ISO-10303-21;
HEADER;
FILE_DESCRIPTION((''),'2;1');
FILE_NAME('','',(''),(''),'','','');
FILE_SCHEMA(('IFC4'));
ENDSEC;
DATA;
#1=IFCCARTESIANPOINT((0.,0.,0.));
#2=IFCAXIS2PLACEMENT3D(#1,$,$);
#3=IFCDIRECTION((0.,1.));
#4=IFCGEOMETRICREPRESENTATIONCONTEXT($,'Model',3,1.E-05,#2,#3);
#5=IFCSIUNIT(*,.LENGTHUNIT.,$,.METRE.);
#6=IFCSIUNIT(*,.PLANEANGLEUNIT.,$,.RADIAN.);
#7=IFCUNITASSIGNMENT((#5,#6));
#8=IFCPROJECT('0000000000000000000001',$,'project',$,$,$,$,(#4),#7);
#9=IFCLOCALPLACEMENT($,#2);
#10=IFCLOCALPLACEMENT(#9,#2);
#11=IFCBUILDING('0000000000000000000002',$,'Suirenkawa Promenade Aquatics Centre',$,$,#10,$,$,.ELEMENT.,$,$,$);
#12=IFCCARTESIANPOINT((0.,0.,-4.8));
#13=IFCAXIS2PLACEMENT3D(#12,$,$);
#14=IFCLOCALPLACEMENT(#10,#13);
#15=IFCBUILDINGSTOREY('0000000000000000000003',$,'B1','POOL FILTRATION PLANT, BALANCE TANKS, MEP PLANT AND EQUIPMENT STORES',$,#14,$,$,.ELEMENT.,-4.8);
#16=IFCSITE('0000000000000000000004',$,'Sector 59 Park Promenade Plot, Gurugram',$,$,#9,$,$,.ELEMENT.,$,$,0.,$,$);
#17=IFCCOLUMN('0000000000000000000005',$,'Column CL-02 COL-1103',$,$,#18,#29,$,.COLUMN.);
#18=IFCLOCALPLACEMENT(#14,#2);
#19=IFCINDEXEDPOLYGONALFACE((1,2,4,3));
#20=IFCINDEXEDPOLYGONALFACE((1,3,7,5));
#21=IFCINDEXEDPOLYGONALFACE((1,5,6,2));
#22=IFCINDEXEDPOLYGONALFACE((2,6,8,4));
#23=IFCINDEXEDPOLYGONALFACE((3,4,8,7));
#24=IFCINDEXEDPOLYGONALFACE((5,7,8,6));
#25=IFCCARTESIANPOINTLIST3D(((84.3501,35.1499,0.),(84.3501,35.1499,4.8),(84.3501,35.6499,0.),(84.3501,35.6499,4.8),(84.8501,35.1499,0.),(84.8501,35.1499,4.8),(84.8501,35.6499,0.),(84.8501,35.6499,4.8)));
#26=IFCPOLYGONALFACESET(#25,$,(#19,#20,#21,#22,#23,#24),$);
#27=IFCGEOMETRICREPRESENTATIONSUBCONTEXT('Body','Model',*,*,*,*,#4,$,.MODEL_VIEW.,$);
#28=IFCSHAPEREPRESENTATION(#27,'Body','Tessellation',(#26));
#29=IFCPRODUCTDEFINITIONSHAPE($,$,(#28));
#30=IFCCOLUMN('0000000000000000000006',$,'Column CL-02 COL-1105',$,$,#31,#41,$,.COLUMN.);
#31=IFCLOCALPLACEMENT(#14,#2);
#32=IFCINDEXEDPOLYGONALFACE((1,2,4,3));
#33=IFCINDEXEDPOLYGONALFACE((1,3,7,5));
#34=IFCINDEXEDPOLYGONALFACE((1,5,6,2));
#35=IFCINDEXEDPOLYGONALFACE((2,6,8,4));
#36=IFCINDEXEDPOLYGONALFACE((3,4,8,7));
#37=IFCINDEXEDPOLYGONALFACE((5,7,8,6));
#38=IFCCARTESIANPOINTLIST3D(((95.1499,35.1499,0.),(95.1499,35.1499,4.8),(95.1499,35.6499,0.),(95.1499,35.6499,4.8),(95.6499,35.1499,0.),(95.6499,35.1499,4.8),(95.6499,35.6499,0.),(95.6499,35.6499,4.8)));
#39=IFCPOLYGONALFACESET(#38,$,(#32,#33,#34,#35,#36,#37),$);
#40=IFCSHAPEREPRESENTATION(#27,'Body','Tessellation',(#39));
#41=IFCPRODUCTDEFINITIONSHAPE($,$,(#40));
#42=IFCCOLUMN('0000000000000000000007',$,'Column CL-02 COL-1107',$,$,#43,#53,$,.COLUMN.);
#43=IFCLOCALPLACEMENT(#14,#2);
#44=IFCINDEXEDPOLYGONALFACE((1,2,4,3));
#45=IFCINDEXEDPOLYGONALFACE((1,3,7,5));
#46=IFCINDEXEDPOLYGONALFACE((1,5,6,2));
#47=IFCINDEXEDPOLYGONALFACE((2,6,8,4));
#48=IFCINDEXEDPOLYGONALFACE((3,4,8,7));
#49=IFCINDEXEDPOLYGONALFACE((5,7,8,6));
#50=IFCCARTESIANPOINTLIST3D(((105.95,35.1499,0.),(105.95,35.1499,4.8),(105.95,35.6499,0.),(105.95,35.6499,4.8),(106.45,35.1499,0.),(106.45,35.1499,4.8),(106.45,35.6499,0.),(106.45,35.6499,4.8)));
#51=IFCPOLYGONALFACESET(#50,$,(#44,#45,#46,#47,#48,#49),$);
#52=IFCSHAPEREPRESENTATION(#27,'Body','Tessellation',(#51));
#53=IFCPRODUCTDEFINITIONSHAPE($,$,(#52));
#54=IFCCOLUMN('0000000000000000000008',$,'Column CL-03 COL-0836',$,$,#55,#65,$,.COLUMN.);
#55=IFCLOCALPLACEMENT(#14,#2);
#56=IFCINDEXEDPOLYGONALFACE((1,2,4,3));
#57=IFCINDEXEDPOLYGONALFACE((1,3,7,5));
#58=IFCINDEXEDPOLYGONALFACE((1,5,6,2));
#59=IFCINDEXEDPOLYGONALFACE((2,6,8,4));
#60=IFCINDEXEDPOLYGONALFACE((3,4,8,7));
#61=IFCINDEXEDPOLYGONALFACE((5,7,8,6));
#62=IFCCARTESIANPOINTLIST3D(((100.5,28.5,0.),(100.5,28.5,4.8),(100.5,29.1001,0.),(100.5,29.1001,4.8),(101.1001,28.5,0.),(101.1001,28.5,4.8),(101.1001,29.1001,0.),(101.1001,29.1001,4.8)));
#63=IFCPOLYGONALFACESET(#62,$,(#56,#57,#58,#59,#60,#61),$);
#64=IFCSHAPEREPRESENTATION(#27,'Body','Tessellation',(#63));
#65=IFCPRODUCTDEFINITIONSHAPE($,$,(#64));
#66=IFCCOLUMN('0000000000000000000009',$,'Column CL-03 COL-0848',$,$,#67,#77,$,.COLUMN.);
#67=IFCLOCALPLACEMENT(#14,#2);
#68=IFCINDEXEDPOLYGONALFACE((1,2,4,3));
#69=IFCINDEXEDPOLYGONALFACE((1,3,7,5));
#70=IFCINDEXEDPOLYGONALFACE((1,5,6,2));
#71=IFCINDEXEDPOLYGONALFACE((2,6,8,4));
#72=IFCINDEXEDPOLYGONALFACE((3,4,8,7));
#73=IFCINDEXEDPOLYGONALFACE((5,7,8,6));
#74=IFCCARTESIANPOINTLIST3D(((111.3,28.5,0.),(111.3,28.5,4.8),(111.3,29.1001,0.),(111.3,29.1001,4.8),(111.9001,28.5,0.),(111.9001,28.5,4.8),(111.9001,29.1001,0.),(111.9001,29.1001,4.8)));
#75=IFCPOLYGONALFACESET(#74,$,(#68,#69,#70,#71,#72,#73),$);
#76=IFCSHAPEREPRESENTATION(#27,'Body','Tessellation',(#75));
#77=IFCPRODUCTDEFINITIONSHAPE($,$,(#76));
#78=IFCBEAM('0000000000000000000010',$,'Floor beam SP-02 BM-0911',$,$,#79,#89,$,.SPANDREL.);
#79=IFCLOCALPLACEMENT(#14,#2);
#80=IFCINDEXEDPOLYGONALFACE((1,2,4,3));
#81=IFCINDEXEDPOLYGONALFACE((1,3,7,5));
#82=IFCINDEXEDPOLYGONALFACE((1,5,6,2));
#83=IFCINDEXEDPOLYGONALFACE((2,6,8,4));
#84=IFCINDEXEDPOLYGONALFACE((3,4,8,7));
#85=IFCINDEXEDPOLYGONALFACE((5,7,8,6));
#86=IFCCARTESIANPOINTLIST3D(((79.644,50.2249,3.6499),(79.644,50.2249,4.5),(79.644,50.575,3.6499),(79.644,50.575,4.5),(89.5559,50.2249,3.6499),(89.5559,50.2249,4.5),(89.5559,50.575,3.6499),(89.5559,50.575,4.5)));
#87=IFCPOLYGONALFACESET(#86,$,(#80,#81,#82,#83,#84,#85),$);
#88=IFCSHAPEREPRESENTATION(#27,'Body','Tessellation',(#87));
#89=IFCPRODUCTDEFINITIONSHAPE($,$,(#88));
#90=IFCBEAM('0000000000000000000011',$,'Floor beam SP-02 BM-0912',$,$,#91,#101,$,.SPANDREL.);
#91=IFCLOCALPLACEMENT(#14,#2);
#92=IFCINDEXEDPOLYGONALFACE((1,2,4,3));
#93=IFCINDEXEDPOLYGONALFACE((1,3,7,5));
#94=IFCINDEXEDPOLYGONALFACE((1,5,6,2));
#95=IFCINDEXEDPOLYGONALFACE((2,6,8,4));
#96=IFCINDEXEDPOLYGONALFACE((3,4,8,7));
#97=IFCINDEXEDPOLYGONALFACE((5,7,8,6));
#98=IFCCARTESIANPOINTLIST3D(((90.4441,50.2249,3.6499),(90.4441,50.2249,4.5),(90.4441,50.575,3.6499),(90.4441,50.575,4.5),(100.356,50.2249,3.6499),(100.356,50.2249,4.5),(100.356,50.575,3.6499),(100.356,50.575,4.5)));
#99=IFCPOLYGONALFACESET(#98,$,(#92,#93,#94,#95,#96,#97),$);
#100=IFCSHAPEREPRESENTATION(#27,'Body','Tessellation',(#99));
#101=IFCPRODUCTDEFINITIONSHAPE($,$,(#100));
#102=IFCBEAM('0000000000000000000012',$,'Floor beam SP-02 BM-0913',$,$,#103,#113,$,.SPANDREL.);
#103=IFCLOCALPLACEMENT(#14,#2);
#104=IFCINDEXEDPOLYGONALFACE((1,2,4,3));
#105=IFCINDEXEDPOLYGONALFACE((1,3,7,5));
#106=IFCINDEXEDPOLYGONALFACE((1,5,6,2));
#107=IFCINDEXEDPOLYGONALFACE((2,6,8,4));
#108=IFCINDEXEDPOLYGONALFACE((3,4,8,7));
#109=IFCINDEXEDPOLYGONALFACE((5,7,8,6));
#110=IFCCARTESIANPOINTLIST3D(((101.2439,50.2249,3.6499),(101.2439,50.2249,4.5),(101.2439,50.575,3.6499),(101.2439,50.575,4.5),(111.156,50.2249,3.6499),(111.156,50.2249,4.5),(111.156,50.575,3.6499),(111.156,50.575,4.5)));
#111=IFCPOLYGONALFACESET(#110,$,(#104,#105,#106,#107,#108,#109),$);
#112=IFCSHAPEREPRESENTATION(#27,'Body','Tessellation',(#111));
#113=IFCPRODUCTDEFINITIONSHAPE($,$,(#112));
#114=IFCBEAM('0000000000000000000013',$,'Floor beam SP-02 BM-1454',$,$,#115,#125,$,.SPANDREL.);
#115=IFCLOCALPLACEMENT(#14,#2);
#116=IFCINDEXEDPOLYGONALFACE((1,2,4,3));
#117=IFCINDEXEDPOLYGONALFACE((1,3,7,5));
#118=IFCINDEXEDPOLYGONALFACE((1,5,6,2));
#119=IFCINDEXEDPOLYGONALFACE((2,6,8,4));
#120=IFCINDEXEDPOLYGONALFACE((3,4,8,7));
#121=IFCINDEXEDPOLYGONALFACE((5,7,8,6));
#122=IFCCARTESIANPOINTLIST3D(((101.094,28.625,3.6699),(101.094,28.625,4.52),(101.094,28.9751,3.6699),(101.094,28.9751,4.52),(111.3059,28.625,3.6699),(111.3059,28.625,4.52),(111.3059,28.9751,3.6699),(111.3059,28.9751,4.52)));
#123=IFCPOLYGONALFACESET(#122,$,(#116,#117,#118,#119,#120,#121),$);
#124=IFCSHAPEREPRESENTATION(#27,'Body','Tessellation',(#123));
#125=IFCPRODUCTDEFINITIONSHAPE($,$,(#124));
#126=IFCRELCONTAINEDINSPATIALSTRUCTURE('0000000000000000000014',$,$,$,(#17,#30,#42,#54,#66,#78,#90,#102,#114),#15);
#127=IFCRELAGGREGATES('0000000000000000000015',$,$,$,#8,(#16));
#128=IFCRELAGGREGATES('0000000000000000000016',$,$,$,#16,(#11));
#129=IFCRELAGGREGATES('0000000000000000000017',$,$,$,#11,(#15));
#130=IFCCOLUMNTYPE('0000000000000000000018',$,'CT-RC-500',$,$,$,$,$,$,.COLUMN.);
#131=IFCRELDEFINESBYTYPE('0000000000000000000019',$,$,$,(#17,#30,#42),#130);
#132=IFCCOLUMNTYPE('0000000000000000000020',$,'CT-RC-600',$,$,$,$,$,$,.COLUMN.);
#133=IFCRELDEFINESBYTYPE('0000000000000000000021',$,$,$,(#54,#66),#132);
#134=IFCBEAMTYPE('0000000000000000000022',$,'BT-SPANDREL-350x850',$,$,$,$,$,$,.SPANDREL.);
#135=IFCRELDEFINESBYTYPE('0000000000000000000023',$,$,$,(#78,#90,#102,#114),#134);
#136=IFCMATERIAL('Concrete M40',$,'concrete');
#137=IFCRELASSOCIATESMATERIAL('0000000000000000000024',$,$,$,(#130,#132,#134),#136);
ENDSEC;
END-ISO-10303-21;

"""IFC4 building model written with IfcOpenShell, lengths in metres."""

from ifc_helpers import new_model, si_unit, direction, frame, origin, origin_2d, place, context, subcontext, project, spatial, rectangle, extrude, material, material_profile, profile_set, type_object, element, save


model = new_model("IFC4")

# Units and contexts
model_context = context("Model", 3, precision=1e-05, world=origin(), true_north=direction((0.0, 1.0)))
body_context = subcontext(model_context, "Body", "Model", "MODEL_VIEW")
ifc_project = project(units=[si_unit("LENGTHUNIT", "METRE"), si_unit("PLANEANGLEUNIT", "RADIAN")], contexts=[model_context])

# Site, building, storey
site_placement = place(None, origin())
site = spatial("IfcSite", under=ifc_project, at=site_placement, Name="Sector 59 Park Promenade Plot, Gurugram", CompositionType="ELEMENT", RefElevation=0.0)
building_placement = place(site_placement, origin())
building = spatial("IfcBuilding", under=site, at=building_placement, Name="Suirenkawa Promenade Aquatics Centre", CompositionType="ELEMENT")
storey_placement = place(building_placement, frame((0.0, 0.0, -4.8)))
storey = spatial("IfcBuildingStorey", under=building, at=storey_placement, Name="B1", Description="POOL FILTRATION PLANT, BALANCE TANKS, MEP PLANT AND EQUIPMENT STORES", CompositionType="ELEMENT", Elevation=-4.8)

# Columns
ifc_material_1 = material(Name="Concrete M40", Category="concrete")
ifc_material_profile_1 = material_profile(ifc_material_1, rectangle(XDim=0.5, YDim=0.5, at=origin_2d()), Name="RC COL 500x500", Category="concrete")
ifc_profile_set_1 = profile_set([ifc_material_profile_1], Name="Concrete M40")
column_type_1 = type_object("IfcColumnType", Name="CT-RC-500", PredefinedType="COLUMN", material=ifc_profile_set_1)
for number, where, z_axis, x_axis, name in (
    (1, (84.6001, 35.3999, 0.0), (0.0, 0.0, 1.0), (1.0, 0.0, 0.0), "Column CL-02 COL-1103"),
    (2, (95.3999, 35.3999, 0.0), (0.0, 0.0, 1.0), (1.0, 0.0, 0.0), "Column CL-02 COL-1105"),
    (3, (106.2, 35.3999, 0.0), (0.0, 0.0, 1.0), (1.0, 0.0, 0.0), "Column CL-02 COL-1107"),
):
    element("IfcColumn", number, at=place(storey_placement, frame(where, z_axis=z_axis, x_axis=x_axis)), inside=storey, type_object=column_type_1, Name=name, PredefinedType="COLUMN", context=body_context, shape_type="SweptSolid", body=[
        extrude(rectangle(XDim=0.5, YDim=0.5, at=origin_2d()), origin(), (0.0, 0.0, 1.0), 4.8),
    ])
ifc_material_profile_2 = material_profile(ifc_material_1, rectangle(XDim=0.6001, YDim=0.6001, at=origin_2d()), Name="RC COL 600x600", Category="concrete")
ifc_profile_set_2 = profile_set([ifc_material_profile_2], Name="Concrete M40")
column_type_2 = type_object("IfcColumnType", Name="CT-RC-600", PredefinedType="COLUMN", material=ifc_profile_set_2)
for number, where, z_axis, x_axis, name in (
    (4, (100.8, 28.8, 0.0), (0.0, 0.0, 1.0), (1.0, 0.0, 0.0), "Column CL-03 COL-0836"),
    (5, (111.6001, 28.8, 0.0), (0.0, 0.0, 1.0), (1.0, 0.0, 0.0), "Column CL-03 COL-0848"),
):
    element("IfcColumn", number, at=place(storey_placement, frame(where, z_axis=z_axis, x_axis=x_axis)), inside=storey, type_object=column_type_2, Name=name, PredefinedType="COLUMN", context=body_context, shape_type="SweptSolid", body=[
        extrude(rectangle(XDim=0.6001, YDim=0.6001, at=origin_2d()), origin(), (0.0, 0.0, 1.0), 4.8),
    ])

# Beams
ifc_material_profile_3 = material_profile(ifc_material_1, rectangle(XDim=0.3501, YDim=0.8501, at=origin_2d()), Name="RC SPANDREL 350x850", Category="concrete")
ifc_profile_set_3 = profile_set([ifc_material_profile_3], Name="Concrete M40")
beam_type = type_object("IfcBeamType", Name="BT-SPANDREL-350x850", PredefinedType="SPANDREL", material=ifc_profile_set_3)
for number, where, z_axis, x_axis, name in (
    (6, (79.644, 50.3999, 4.075), (1.0, 0.0, 0.0), (0.0, 1.0, 0.0), "Floor beam SP-02 BM-0911"),
    (7, (90.4441, 50.3999, 4.075), (1.0, 0.0, 0.0), (0.0, 1.0, 0.0), "Floor beam SP-02 BM-0912"),
):
    element("IfcBeam", number, at=place(storey_placement, frame(where, z_axis=z_axis, x_axis=x_axis)), inside=storey, type_object=beam_type, Name=name, PredefinedType="SPANDREL", context=body_context, shape_type="SweptSolid", body=[
        extrude(rectangle(XDim=0.3501, YDim=0.8501, at=origin_2d()), origin(), (0.0, 0.0, 1.0), 9.9119),
    ])
beam_1_placement = place(storey_placement, frame((101.2439, 50.3999, 4.075), z_axis=(1.0, 0.0, 0.0), x_axis=(0.0, 1.0, 0.0)))
element("IfcBeam", 8, at=beam_1_placement, inside=storey, type_object=beam_type, Name="Floor beam SP-02 BM-0913", PredefinedType="SPANDREL", context=body_context, shape_type="SweptSolid", body=[
    extrude(rectangle(XDim=0.3501, YDim=0.8501, at=origin_2d()), origin(), (0.0, 0.0, 1.0), 9.9121),
])
beam_2_placement = place(storey_placement, frame((101.094, 28.8, 4.095), z_axis=(1.0, 0.0, 0.0), x_axis=(0.0, 1.0, 0.0)))
element("IfcBeam", 9, at=beam_2_placement, inside=storey, type_object=beam_type, Name="Floor beam SP-02 BM-1454", PredefinedType="SPANDREL", context=body_context, shape_type="SweptSolid", body=[
    extrude(rectangle(XDim=0.3501, YDim=0.8501, at=origin_2d()), origin(), (0.0, 0.0, 1.0), 10.2119),
])

save(model, "model.ifc")
